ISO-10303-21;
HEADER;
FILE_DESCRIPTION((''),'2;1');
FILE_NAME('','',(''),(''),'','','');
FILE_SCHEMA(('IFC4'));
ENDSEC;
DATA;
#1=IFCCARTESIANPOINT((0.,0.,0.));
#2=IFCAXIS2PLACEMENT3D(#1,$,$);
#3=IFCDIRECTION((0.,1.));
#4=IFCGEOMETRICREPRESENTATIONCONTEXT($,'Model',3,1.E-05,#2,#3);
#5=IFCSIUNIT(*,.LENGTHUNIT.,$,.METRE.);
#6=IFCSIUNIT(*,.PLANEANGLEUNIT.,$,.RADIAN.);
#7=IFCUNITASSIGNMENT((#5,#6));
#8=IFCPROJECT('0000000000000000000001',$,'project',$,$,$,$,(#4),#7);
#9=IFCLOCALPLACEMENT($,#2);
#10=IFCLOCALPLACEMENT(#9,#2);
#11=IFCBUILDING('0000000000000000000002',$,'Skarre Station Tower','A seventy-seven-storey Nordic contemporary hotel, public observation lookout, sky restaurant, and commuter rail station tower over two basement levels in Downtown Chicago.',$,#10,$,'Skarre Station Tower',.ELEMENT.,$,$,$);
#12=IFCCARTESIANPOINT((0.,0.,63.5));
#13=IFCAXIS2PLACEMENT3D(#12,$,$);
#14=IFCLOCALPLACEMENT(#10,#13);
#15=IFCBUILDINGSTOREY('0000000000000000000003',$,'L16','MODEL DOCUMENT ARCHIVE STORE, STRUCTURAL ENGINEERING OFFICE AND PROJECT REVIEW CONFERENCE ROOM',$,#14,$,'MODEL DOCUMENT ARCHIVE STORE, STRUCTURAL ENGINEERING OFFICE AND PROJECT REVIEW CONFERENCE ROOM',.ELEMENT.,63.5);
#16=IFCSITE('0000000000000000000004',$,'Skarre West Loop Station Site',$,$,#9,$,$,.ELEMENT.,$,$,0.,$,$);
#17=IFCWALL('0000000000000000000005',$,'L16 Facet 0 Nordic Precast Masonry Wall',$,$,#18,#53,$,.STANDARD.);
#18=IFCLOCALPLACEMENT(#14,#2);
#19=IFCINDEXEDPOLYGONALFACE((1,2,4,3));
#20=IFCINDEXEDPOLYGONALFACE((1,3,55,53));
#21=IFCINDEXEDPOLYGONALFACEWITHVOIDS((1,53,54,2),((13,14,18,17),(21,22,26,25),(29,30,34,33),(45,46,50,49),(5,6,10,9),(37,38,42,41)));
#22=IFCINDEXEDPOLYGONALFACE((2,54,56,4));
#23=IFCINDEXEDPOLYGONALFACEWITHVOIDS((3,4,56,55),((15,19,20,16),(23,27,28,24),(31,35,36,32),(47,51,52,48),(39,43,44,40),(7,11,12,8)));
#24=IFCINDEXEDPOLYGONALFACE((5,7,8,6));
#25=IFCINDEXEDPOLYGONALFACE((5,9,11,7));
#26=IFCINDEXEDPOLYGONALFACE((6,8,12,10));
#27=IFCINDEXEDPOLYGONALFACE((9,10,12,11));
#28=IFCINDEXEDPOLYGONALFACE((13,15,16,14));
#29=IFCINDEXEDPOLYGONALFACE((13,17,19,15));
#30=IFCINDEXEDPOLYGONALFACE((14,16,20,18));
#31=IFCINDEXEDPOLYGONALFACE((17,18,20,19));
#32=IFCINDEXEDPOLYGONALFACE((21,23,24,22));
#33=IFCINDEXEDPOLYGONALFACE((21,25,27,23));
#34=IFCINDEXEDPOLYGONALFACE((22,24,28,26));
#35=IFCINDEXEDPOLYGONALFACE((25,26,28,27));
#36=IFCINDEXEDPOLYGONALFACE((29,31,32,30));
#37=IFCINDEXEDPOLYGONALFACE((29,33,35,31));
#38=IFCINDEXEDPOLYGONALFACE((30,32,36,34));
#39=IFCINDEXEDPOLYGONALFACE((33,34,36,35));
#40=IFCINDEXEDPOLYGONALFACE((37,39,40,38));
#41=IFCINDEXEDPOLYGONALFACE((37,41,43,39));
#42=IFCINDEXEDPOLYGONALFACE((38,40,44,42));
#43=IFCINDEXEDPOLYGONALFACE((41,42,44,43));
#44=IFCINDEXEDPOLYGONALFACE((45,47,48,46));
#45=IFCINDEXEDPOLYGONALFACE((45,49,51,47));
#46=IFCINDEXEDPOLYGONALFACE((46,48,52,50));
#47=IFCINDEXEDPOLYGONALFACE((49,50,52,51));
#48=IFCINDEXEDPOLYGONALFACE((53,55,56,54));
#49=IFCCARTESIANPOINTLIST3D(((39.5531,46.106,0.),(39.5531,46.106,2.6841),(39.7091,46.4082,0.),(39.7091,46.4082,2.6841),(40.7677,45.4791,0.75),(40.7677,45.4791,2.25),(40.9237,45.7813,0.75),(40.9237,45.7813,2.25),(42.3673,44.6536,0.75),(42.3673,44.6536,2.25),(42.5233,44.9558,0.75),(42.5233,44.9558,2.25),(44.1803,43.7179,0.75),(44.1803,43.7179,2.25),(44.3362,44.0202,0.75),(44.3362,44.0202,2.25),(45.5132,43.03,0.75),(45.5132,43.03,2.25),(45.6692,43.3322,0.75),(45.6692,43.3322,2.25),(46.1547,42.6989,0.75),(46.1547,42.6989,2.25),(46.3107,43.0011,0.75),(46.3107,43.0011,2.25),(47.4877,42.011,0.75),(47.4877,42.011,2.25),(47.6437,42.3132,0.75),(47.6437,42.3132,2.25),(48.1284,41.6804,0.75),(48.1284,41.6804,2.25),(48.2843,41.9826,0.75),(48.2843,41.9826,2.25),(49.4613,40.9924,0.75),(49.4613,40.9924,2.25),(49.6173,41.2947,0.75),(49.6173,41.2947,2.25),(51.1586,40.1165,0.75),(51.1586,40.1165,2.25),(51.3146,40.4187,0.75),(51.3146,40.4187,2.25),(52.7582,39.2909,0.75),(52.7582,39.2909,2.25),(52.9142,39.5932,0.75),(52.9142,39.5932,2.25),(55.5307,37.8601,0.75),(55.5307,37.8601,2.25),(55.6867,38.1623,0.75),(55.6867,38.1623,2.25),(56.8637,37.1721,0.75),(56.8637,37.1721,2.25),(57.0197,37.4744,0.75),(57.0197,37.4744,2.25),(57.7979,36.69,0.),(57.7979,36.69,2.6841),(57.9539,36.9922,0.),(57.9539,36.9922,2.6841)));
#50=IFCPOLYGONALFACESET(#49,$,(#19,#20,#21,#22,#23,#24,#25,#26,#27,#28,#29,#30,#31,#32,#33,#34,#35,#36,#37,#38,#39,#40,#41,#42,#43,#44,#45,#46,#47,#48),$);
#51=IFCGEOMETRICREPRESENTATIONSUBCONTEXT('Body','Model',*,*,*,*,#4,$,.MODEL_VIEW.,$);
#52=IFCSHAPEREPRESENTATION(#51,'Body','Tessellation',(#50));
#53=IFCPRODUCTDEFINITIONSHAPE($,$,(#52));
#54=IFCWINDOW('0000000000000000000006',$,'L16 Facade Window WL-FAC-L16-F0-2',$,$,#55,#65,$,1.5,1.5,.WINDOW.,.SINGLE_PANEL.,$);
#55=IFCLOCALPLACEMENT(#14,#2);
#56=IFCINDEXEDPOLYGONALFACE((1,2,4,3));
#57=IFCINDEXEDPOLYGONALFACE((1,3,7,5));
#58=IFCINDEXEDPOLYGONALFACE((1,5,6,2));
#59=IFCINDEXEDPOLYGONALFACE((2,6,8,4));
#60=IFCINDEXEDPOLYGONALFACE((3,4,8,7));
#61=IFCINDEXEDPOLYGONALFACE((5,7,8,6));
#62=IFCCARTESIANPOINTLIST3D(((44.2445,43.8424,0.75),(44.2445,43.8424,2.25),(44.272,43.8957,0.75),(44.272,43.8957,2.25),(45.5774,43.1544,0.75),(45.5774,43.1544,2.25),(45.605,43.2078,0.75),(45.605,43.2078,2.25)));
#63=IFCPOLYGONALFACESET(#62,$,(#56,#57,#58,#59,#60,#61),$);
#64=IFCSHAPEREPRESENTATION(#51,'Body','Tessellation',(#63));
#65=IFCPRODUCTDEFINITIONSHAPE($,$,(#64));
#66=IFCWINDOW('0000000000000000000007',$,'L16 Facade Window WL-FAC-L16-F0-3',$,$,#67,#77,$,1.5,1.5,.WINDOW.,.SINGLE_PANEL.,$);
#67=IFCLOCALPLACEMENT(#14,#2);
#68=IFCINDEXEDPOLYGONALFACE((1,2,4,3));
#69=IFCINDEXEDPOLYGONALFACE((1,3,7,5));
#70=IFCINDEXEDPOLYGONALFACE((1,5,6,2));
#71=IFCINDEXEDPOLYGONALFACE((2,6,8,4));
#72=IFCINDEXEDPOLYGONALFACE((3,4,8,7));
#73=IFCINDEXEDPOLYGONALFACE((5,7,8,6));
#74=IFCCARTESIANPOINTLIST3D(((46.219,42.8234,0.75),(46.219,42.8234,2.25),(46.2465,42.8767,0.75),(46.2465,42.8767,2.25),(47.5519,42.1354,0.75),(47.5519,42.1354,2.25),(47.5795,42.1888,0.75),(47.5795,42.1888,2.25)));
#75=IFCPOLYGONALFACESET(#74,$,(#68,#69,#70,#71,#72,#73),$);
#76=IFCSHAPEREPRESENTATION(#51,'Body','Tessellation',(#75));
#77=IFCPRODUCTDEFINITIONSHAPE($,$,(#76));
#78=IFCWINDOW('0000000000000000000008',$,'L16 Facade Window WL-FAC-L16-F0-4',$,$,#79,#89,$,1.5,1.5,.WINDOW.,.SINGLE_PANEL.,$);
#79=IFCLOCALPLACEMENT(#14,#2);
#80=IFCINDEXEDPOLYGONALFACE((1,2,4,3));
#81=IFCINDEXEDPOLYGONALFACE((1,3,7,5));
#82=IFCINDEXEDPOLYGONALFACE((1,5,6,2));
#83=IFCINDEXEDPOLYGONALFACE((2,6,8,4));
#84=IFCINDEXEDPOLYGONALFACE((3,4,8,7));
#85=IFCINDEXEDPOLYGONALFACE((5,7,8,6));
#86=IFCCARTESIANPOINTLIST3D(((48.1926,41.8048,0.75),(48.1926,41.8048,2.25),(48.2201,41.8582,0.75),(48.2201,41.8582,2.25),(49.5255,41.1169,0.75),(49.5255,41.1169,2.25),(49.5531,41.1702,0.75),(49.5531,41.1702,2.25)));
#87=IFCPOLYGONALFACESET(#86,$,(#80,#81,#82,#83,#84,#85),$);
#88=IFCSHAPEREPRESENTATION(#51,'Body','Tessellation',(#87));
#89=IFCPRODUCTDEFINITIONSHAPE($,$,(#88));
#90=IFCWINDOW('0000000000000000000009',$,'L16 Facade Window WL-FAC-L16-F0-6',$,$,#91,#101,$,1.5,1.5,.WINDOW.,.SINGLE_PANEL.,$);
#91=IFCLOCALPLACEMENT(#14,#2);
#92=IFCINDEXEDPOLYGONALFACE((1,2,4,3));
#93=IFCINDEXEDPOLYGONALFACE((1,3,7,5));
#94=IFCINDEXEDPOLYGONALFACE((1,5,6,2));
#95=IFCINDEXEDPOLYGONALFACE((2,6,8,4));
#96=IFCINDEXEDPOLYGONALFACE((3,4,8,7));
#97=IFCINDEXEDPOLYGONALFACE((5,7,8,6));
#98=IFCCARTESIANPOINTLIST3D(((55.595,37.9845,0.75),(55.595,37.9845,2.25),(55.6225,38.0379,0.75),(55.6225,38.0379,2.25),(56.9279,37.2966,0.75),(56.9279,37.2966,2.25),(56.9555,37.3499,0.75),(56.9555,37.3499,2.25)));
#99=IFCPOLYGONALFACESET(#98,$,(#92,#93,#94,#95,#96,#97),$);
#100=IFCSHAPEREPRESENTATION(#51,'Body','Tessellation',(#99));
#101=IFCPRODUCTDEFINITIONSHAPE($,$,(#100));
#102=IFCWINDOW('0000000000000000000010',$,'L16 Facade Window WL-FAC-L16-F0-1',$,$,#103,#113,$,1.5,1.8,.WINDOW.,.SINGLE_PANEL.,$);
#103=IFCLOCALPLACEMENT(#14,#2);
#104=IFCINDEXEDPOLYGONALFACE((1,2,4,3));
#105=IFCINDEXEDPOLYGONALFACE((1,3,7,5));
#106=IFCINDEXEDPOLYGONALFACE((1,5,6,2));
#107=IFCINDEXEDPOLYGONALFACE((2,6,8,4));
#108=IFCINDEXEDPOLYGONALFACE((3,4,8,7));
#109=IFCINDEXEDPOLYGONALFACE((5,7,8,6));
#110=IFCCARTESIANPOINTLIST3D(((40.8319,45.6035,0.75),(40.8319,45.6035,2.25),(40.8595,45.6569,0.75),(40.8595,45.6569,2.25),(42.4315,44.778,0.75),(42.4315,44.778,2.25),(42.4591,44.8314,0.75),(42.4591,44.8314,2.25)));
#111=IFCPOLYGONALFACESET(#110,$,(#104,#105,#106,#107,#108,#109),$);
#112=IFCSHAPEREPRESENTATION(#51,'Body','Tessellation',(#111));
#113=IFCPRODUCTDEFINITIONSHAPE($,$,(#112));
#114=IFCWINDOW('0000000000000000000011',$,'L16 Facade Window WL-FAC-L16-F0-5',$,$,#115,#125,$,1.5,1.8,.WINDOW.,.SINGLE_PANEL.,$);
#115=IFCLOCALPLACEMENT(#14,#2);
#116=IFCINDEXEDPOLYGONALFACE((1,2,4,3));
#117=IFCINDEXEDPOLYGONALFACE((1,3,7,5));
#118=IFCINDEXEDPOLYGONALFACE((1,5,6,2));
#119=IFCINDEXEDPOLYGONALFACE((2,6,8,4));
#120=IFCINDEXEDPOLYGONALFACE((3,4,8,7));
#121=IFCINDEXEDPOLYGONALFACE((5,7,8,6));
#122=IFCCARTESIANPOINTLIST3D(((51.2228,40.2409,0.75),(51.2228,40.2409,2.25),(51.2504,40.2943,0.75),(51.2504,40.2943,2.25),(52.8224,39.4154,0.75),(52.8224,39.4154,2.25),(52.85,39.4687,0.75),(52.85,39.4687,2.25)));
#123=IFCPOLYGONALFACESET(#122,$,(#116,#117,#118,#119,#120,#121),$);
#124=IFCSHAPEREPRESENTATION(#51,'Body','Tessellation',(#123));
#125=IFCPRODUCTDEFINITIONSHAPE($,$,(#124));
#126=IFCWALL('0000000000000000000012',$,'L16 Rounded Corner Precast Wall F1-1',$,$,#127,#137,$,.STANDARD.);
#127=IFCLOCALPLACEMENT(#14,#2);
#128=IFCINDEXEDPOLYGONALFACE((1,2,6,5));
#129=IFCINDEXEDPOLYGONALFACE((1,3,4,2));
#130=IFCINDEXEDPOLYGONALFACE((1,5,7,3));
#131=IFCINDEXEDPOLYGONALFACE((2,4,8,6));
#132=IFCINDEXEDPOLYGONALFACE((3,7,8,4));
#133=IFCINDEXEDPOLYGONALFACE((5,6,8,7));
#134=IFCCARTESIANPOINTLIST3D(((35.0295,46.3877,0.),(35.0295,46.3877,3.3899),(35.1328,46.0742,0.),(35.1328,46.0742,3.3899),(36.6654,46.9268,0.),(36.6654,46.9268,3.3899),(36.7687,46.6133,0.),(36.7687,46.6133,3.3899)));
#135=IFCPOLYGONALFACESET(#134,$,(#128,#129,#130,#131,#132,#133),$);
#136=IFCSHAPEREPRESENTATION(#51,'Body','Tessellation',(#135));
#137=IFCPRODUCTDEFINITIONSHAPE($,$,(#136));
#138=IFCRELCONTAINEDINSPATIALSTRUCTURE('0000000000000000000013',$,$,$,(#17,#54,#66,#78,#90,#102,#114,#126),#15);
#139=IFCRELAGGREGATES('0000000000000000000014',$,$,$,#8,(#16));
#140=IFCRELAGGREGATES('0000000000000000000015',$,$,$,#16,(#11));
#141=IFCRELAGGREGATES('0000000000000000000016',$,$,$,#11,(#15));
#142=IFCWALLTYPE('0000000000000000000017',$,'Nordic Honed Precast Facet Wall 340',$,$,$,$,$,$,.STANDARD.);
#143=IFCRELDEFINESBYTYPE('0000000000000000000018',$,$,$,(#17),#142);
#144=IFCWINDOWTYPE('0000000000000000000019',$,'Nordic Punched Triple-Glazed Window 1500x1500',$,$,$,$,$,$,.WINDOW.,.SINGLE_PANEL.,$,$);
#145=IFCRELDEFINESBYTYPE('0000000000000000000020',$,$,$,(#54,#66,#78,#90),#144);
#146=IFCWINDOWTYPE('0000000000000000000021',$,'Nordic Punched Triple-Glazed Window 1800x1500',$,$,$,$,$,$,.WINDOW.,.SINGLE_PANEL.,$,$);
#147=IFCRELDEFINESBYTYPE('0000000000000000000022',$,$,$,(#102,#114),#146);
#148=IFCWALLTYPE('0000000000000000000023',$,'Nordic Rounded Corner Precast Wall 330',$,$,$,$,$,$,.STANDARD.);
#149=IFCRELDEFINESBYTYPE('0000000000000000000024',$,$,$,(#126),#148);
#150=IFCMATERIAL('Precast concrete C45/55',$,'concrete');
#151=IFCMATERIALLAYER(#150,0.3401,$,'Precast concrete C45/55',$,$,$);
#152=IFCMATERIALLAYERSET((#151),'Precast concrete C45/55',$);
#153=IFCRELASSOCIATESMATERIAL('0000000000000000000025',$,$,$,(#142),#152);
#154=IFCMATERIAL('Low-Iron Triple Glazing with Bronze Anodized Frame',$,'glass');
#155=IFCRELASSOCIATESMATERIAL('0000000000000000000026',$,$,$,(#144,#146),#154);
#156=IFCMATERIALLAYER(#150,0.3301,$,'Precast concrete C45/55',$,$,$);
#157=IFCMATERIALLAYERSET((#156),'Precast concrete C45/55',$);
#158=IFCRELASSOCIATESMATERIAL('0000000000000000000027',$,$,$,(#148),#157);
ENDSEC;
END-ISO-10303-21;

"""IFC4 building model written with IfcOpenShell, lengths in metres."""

from ifc_helpers import new_model, si_unit, direction, frame, frame_2d, origin, place, context, subcontext, project, spatial, rectangle, extrude, material, layer, layer_set, type_object, element, fill, save


model = new_model("IFC4")

# Units and contexts
model_context = context("Model", 3, precision=1e-05, world=origin(), true_north=direction((0.0, 1.0)))
body_context = subcontext(model_context, "Body", "Model", "MODEL_VIEW")
ifc_project = project(units=[si_unit("LENGTHUNIT", "METRE"), si_unit("PLANEANGLEUNIT", "RADIAN")], contexts=[model_context])

# Site, building, storey
site_placement = place(None, origin())
site = spatial("IfcSite", under=ifc_project, at=site_placement, Name="Skarre West Loop Station Site", CompositionType="ELEMENT", RefElevation=0.0)
building_placement = place(site_placement, origin())
building = spatial("IfcBuilding", under=site, at=building_placement, Name="Skarre Station Tower", Description="A seventy-seven-storey Nordic contemporary hotel, public observation lookout, sky restaurant, and commuter rail station tower over two basement levels in Downtown Chicago.", LongName="Skarre Station Tower", CompositionType="ELEMENT")
storey_placement = place(building_placement, frame((0.0, 0.0, 63.5)))
storey = spatial("IfcBuildingStorey", under=building, at=storey_placement, Name="L16", Description="MODEL DOCUMENT ARCHIVE STORE, STRUCTURAL ENGINEERING OFFICE AND PROJECT REVIEW CONFERENCE ROOM", LongName="MODEL DOCUMENT ARCHIVE STORE, STRUCTURAL ENGINEERING OFFICE AND PROJECT REVIEW CONFERENCE ROOM", CompositionType="ELEMENT", Elevation=63.5)

# Wall, openings, windows
ifc_material_1 = material(Name="Precast concrete C45/55", Category="concrete")
ifc_layer_1 = layer(ifc_material_1, 0.3401, Name="Precast concrete C45/55")
ifc_layer_set_1 = layer_set([ifc_layer_1], Name="Precast concrete C45/55")
wall_type_1 = type_object("IfcWallType", Name="Nordic Honed Precast Facet Wall 340", PredefinedType="STANDARD", material=ifc_layer_set_1)
wall_1_placement = place(storey_placement, frame((39.6311, 46.2571, 0.0), z_axis=(0.0, 0.0, 1.0), x_axis=(0.888634, -0.458616, 0.0)))
wall_1 = element("IfcWall", 1, at=wall_1_placement, inside=storey, type_object=wall_type_1, Name="L16 Facet 0 Nordic Precast Masonry Wall", PredefinedType="STANDARD", context=body_context, shape_type="SweptSolid", body=[
    extrude(rectangle(XDim=20.5312, YDim=0.3401, at=frame_2d((10.2656, 0.0))), origin(), (0.0, 0.0, 1.0), 2.6841),
])
opening_1_placement = place(wall_1_placement, frame((1.3669, 0.0, 0.75)))
opening_1 = element("IfcOpeningElement", 2, at=opening_1_placement, cuts=wall_1, PredefinedType="OPENING", context=body_context, shape_type="SweptSolid", body=[
    extrude(rectangle(XDim=1.8, YDim=1.5, at=frame_2d((0.8999, 0.75))), frame((0.0, 0.1799, 0.0), z_axis=(0.0, -1.0, 0.0), x_axis=(1.0, 0.0, 0.0)), (0.0, 0.0, 1.0), 0.3601),
])
opening_2_placement = place(wall_1_placement, frame((5.207, 0.0, 0.75)))
opening_2 = element("IfcOpeningElement", 3, at=opening_2_placement, cuts=wall_1, PredefinedType="OPENING", context=body_context, shape_type="SweptSolid", body=[
    extrude(rectangle(XDim=1.5, YDim=1.5, at=frame_2d((0.75, 0.75))), frame((0.0, 0.1799, 0.0), z_axis=(0.0, -1.0, 0.0), x_axis=(1.0, 0.0, 0.0)), (0.0, 0.0, 1.0), 0.3601),
])
opening_3_placement = place(wall_1_placement, frame((7.429, 0.0, 0.75)))
opening_3 = element("IfcOpeningElement", 4, at=opening_3_placement, cuts=wall_1, PredefinedType="OPENING", context=body_context, shape_type="SweptSolid", body=[
    extrude(rectangle(XDim=1.5, YDim=1.5, at=frame_2d((0.75, 0.75))), frame((0.0, 0.1799, 0.0), z_axis=(0.0, -1.0, 0.0), x_axis=(1.0, 0.0, 0.0)), (0.0, 0.0, 1.0), 0.3601),
])
opening_4_placement = place(wall_1_placement, frame((9.6499, 0.0, 0.75)))
opening_4 = element("IfcOpeningElement", 5, at=opening_4_placement, cuts=wall_1, PredefinedType="OPENING", context=body_context, shape_type="SweptSolid", body=[
    extrude(rectangle(XDim=1.5, YDim=1.5, at=frame_2d((0.75, 0.75))), frame((0.0, 0.1799, 0.0), z_axis=(0.0, -1.0, 0.0), x_axis=(1.0, 0.0, 0.0)), (0.0, 0.0, 1.0), 0.3601),
])
opening_5_placement = place(wall_1_placement, frame((13.0601, 0.0, 0.75)))
opening_5 = element("IfcOpeningElement", 6, at=opening_5_placement, cuts=wall_1, PredefinedType="OPENING", context=body_context, shape_type="SweptSolid", body=[
    extrude(rectangle(XDim=1.8, YDim=1.5, at=frame_2d((0.8999, 0.75))), frame((0.0, 0.1799, 0.0), z_axis=(0.0, -1.0, 0.0), x_axis=(1.0, 0.0, 0.0)), (0.0, 0.0, 1.0), 0.3601),
])
opening_6_placement = place(wall_1_placement, frame((17.98, 0.0, 0.75)))
opening_6 = element("IfcOpeningElement", 7, at=opening_6_placement, cuts=wall_1, PredefinedType="OPENING", context=body_context, shape_type="SweptSolid", body=[
    extrude(rectangle(XDim=1.5, YDim=1.5, at=frame_2d((0.75, 0.75))), frame((0.0, 0.1799, 0.0), z_axis=(0.0, -1.0, 0.0), x_axis=(1.0, 0.0, 0.0)), (0.0, 0.0, 1.0), 0.3601),
])
ifc_material_2 = material(Name="Low-Iron Triple Glazing with Bronze Anodized Frame", Category="glass")
window_type_1 = type_object("IfcWindowType", Name="Nordic Punched Triple-Glazed Window 1500x1500", PartitioningType="SINGLE_PANEL", PredefinedType="WINDOW", material=ifc_material_2)
window_1_placement = place(opening_2_placement, origin())
window_1 = element("IfcWindow", 8, at=window_1_placement, inside=storey, type_object=window_type_1, Name="L16 Facade Window WL-FAC-L16-F0-2", OverallHeight=1.5, OverallWidth=1.5, PartitioningType="SINGLE_PANEL", PredefinedType="WINDOW", context=body_context, shape_type="SweptSolid", body=[
    extrude(rectangle(XDim=1.5, YDim=1.5, at=frame_2d((0.75, 0.75))), frame((0.0, 0.03, 0.0), z_axis=(0.0, -1.0, 0.0), x_axis=(1.0, 0.0, 0.0)), (0.0, 0.0, 1.0), 0.0601),
])
fill(opening_2, window_1)
window_2_placement = place(opening_3_placement, origin())
window_2 = element("IfcWindow", 9, at=window_2_placement, inside=storey, type_object=window_type_1, Name="L16 Facade Window WL-FAC-L16-F0-3", OverallHeight=1.5, OverallWidth=1.5, PartitioningType="SINGLE_PANEL", PredefinedType="WINDOW", context=body_context, shape_type="SweptSolid", body=[
    extrude(rectangle(XDim=1.5, YDim=1.5, at=frame_2d((0.75, 0.75))), frame((0.0, 0.03, 0.0), z_axis=(0.0, -1.0, 0.0), x_axis=(1.0, 0.0, 0.0)), (0.0, 0.0, 1.0), 0.0601),
])
fill(opening_3, window_2)
window_3_placement = place(opening_4_placement, origin())
window_3 = element("IfcWindow", 10, at=window_3_placement, inside=storey, type_object=window_type_1, Name="L16 Facade Window WL-FAC-L16-F0-4", OverallHeight=1.5, OverallWidth=1.5, PartitioningType="SINGLE_PANEL", PredefinedType="WINDOW", context=body_context, shape_type="SweptSolid", body=[
    extrude(rectangle(XDim=1.5, YDim=1.5, at=frame_2d((0.75, 0.75))), frame((0.0, 0.03, 0.0), z_axis=(0.0, -1.0, 0.0), x_axis=(1.0, 0.0, 0.0)), (0.0, 0.0, 1.0), 0.0601),
])
fill(opening_4, window_3)
window_4_placement = place(opening_6_placement, origin())
window_4 = element("IfcWindow", 11, at=window_4_placement, inside=storey, type_object=window_type_1, Name="L16 Facade Window WL-FAC-L16-F0-6", OverallHeight=1.5, OverallWidth=1.5, PartitioningType="SINGLE_PANEL", PredefinedType="WINDOW", context=body_context, shape_type="SweptSolid", body=[
    extrude(rectangle(XDim=1.5, YDim=1.5, at=frame_2d((0.75, 0.75))), frame((0.0, 0.03, 0.0), z_axis=(0.0, -1.0, 0.0), x_axis=(1.0, 0.0, 0.0)), (0.0, 0.0, 1.0), 0.0601),
])
fill(opening_6, window_4)
window_type_2 = type_object("IfcWindowType", Name="Nordic Punched Triple-Glazed Window 1800x1500", PartitioningType="SINGLE_PANEL", PredefinedType="WINDOW", material=ifc_material_2)
window_5_placement = place(opening_1_placement, origin())
window_5 = element("IfcWindow", 12, at=window_5_placement, inside=storey, type_object=window_type_2, Name="L16 Facade Window WL-FAC-L16-F0-1", OverallHeight=1.5, OverallWidth=1.8, PartitioningType="SINGLE_PANEL", PredefinedType="WINDOW", context=body_context, shape_type="SweptSolid", body=[
    extrude(rectangle(XDim=1.8, YDim=1.5, at=frame_2d((0.8999, 0.75))), frame((0.0, 0.03, 0.0), z_axis=(0.0, -1.0, 0.0), x_axis=(1.0, 0.0, 0.0)), (0.0, 0.0, 1.0), 0.0601),
])
fill(opening_1, window_5)
window_6_placement = place(opening_5_placement, origin())
window_6 = element("IfcWindow", 13, at=window_6_placement, inside=storey, type_object=window_type_2, Name="L16 Facade Window WL-FAC-L16-F0-5", OverallHeight=1.5, OverallWidth=1.8, PartitioningType="SINGLE_PANEL", PredefinedType="WINDOW", context=body_context, shape_type="SweptSolid", body=[
    extrude(rectangle(XDim=1.8, YDim=1.5, at=frame_2d((0.8999, 0.75))), frame((0.0, 0.03, 0.0), z_axis=(0.0, -1.0, 0.0), x_axis=(1.0, 0.0, 0.0)), (0.0, 0.0, 1.0), 0.0601),
])
fill(opening_5, window_6)

# Wall
ifc_layer_2 = layer(ifc_material_1, 0.3301, Name="Precast concrete C45/55")
ifc_layer_set_2 = layer_set([ifc_layer_2], Name="Precast concrete C45/55")
wall_type_2 = type_object("IfcWallType", Name="Nordic Rounded Corner Precast Wall 330", PredefinedType="STANDARD", material=ifc_layer_set_2)
wall_2_placement = place(storey_placement, frame((35.0811, 46.231, 0.0), z_axis=(0.0, 0.0, 1.0), x_axis=(0.949769, 0.312952, 0.0)))
element("IfcWall", 14, at=wall_2_placement, inside=storey, type_object=wall_type_2, Name="L16 Rounded Corner Precast Wall F1-1", PredefinedType="STANDARD", context=body_context, shape_type="SweptSolid", body=[
    extrude(rectangle(XDim=1.7224, YDim=0.3301, at=frame_2d((0.8613, 0.0))), origin(), (0.0, 0.0, 1.0), 3.3899),
])

save(model, "model.ifc")
